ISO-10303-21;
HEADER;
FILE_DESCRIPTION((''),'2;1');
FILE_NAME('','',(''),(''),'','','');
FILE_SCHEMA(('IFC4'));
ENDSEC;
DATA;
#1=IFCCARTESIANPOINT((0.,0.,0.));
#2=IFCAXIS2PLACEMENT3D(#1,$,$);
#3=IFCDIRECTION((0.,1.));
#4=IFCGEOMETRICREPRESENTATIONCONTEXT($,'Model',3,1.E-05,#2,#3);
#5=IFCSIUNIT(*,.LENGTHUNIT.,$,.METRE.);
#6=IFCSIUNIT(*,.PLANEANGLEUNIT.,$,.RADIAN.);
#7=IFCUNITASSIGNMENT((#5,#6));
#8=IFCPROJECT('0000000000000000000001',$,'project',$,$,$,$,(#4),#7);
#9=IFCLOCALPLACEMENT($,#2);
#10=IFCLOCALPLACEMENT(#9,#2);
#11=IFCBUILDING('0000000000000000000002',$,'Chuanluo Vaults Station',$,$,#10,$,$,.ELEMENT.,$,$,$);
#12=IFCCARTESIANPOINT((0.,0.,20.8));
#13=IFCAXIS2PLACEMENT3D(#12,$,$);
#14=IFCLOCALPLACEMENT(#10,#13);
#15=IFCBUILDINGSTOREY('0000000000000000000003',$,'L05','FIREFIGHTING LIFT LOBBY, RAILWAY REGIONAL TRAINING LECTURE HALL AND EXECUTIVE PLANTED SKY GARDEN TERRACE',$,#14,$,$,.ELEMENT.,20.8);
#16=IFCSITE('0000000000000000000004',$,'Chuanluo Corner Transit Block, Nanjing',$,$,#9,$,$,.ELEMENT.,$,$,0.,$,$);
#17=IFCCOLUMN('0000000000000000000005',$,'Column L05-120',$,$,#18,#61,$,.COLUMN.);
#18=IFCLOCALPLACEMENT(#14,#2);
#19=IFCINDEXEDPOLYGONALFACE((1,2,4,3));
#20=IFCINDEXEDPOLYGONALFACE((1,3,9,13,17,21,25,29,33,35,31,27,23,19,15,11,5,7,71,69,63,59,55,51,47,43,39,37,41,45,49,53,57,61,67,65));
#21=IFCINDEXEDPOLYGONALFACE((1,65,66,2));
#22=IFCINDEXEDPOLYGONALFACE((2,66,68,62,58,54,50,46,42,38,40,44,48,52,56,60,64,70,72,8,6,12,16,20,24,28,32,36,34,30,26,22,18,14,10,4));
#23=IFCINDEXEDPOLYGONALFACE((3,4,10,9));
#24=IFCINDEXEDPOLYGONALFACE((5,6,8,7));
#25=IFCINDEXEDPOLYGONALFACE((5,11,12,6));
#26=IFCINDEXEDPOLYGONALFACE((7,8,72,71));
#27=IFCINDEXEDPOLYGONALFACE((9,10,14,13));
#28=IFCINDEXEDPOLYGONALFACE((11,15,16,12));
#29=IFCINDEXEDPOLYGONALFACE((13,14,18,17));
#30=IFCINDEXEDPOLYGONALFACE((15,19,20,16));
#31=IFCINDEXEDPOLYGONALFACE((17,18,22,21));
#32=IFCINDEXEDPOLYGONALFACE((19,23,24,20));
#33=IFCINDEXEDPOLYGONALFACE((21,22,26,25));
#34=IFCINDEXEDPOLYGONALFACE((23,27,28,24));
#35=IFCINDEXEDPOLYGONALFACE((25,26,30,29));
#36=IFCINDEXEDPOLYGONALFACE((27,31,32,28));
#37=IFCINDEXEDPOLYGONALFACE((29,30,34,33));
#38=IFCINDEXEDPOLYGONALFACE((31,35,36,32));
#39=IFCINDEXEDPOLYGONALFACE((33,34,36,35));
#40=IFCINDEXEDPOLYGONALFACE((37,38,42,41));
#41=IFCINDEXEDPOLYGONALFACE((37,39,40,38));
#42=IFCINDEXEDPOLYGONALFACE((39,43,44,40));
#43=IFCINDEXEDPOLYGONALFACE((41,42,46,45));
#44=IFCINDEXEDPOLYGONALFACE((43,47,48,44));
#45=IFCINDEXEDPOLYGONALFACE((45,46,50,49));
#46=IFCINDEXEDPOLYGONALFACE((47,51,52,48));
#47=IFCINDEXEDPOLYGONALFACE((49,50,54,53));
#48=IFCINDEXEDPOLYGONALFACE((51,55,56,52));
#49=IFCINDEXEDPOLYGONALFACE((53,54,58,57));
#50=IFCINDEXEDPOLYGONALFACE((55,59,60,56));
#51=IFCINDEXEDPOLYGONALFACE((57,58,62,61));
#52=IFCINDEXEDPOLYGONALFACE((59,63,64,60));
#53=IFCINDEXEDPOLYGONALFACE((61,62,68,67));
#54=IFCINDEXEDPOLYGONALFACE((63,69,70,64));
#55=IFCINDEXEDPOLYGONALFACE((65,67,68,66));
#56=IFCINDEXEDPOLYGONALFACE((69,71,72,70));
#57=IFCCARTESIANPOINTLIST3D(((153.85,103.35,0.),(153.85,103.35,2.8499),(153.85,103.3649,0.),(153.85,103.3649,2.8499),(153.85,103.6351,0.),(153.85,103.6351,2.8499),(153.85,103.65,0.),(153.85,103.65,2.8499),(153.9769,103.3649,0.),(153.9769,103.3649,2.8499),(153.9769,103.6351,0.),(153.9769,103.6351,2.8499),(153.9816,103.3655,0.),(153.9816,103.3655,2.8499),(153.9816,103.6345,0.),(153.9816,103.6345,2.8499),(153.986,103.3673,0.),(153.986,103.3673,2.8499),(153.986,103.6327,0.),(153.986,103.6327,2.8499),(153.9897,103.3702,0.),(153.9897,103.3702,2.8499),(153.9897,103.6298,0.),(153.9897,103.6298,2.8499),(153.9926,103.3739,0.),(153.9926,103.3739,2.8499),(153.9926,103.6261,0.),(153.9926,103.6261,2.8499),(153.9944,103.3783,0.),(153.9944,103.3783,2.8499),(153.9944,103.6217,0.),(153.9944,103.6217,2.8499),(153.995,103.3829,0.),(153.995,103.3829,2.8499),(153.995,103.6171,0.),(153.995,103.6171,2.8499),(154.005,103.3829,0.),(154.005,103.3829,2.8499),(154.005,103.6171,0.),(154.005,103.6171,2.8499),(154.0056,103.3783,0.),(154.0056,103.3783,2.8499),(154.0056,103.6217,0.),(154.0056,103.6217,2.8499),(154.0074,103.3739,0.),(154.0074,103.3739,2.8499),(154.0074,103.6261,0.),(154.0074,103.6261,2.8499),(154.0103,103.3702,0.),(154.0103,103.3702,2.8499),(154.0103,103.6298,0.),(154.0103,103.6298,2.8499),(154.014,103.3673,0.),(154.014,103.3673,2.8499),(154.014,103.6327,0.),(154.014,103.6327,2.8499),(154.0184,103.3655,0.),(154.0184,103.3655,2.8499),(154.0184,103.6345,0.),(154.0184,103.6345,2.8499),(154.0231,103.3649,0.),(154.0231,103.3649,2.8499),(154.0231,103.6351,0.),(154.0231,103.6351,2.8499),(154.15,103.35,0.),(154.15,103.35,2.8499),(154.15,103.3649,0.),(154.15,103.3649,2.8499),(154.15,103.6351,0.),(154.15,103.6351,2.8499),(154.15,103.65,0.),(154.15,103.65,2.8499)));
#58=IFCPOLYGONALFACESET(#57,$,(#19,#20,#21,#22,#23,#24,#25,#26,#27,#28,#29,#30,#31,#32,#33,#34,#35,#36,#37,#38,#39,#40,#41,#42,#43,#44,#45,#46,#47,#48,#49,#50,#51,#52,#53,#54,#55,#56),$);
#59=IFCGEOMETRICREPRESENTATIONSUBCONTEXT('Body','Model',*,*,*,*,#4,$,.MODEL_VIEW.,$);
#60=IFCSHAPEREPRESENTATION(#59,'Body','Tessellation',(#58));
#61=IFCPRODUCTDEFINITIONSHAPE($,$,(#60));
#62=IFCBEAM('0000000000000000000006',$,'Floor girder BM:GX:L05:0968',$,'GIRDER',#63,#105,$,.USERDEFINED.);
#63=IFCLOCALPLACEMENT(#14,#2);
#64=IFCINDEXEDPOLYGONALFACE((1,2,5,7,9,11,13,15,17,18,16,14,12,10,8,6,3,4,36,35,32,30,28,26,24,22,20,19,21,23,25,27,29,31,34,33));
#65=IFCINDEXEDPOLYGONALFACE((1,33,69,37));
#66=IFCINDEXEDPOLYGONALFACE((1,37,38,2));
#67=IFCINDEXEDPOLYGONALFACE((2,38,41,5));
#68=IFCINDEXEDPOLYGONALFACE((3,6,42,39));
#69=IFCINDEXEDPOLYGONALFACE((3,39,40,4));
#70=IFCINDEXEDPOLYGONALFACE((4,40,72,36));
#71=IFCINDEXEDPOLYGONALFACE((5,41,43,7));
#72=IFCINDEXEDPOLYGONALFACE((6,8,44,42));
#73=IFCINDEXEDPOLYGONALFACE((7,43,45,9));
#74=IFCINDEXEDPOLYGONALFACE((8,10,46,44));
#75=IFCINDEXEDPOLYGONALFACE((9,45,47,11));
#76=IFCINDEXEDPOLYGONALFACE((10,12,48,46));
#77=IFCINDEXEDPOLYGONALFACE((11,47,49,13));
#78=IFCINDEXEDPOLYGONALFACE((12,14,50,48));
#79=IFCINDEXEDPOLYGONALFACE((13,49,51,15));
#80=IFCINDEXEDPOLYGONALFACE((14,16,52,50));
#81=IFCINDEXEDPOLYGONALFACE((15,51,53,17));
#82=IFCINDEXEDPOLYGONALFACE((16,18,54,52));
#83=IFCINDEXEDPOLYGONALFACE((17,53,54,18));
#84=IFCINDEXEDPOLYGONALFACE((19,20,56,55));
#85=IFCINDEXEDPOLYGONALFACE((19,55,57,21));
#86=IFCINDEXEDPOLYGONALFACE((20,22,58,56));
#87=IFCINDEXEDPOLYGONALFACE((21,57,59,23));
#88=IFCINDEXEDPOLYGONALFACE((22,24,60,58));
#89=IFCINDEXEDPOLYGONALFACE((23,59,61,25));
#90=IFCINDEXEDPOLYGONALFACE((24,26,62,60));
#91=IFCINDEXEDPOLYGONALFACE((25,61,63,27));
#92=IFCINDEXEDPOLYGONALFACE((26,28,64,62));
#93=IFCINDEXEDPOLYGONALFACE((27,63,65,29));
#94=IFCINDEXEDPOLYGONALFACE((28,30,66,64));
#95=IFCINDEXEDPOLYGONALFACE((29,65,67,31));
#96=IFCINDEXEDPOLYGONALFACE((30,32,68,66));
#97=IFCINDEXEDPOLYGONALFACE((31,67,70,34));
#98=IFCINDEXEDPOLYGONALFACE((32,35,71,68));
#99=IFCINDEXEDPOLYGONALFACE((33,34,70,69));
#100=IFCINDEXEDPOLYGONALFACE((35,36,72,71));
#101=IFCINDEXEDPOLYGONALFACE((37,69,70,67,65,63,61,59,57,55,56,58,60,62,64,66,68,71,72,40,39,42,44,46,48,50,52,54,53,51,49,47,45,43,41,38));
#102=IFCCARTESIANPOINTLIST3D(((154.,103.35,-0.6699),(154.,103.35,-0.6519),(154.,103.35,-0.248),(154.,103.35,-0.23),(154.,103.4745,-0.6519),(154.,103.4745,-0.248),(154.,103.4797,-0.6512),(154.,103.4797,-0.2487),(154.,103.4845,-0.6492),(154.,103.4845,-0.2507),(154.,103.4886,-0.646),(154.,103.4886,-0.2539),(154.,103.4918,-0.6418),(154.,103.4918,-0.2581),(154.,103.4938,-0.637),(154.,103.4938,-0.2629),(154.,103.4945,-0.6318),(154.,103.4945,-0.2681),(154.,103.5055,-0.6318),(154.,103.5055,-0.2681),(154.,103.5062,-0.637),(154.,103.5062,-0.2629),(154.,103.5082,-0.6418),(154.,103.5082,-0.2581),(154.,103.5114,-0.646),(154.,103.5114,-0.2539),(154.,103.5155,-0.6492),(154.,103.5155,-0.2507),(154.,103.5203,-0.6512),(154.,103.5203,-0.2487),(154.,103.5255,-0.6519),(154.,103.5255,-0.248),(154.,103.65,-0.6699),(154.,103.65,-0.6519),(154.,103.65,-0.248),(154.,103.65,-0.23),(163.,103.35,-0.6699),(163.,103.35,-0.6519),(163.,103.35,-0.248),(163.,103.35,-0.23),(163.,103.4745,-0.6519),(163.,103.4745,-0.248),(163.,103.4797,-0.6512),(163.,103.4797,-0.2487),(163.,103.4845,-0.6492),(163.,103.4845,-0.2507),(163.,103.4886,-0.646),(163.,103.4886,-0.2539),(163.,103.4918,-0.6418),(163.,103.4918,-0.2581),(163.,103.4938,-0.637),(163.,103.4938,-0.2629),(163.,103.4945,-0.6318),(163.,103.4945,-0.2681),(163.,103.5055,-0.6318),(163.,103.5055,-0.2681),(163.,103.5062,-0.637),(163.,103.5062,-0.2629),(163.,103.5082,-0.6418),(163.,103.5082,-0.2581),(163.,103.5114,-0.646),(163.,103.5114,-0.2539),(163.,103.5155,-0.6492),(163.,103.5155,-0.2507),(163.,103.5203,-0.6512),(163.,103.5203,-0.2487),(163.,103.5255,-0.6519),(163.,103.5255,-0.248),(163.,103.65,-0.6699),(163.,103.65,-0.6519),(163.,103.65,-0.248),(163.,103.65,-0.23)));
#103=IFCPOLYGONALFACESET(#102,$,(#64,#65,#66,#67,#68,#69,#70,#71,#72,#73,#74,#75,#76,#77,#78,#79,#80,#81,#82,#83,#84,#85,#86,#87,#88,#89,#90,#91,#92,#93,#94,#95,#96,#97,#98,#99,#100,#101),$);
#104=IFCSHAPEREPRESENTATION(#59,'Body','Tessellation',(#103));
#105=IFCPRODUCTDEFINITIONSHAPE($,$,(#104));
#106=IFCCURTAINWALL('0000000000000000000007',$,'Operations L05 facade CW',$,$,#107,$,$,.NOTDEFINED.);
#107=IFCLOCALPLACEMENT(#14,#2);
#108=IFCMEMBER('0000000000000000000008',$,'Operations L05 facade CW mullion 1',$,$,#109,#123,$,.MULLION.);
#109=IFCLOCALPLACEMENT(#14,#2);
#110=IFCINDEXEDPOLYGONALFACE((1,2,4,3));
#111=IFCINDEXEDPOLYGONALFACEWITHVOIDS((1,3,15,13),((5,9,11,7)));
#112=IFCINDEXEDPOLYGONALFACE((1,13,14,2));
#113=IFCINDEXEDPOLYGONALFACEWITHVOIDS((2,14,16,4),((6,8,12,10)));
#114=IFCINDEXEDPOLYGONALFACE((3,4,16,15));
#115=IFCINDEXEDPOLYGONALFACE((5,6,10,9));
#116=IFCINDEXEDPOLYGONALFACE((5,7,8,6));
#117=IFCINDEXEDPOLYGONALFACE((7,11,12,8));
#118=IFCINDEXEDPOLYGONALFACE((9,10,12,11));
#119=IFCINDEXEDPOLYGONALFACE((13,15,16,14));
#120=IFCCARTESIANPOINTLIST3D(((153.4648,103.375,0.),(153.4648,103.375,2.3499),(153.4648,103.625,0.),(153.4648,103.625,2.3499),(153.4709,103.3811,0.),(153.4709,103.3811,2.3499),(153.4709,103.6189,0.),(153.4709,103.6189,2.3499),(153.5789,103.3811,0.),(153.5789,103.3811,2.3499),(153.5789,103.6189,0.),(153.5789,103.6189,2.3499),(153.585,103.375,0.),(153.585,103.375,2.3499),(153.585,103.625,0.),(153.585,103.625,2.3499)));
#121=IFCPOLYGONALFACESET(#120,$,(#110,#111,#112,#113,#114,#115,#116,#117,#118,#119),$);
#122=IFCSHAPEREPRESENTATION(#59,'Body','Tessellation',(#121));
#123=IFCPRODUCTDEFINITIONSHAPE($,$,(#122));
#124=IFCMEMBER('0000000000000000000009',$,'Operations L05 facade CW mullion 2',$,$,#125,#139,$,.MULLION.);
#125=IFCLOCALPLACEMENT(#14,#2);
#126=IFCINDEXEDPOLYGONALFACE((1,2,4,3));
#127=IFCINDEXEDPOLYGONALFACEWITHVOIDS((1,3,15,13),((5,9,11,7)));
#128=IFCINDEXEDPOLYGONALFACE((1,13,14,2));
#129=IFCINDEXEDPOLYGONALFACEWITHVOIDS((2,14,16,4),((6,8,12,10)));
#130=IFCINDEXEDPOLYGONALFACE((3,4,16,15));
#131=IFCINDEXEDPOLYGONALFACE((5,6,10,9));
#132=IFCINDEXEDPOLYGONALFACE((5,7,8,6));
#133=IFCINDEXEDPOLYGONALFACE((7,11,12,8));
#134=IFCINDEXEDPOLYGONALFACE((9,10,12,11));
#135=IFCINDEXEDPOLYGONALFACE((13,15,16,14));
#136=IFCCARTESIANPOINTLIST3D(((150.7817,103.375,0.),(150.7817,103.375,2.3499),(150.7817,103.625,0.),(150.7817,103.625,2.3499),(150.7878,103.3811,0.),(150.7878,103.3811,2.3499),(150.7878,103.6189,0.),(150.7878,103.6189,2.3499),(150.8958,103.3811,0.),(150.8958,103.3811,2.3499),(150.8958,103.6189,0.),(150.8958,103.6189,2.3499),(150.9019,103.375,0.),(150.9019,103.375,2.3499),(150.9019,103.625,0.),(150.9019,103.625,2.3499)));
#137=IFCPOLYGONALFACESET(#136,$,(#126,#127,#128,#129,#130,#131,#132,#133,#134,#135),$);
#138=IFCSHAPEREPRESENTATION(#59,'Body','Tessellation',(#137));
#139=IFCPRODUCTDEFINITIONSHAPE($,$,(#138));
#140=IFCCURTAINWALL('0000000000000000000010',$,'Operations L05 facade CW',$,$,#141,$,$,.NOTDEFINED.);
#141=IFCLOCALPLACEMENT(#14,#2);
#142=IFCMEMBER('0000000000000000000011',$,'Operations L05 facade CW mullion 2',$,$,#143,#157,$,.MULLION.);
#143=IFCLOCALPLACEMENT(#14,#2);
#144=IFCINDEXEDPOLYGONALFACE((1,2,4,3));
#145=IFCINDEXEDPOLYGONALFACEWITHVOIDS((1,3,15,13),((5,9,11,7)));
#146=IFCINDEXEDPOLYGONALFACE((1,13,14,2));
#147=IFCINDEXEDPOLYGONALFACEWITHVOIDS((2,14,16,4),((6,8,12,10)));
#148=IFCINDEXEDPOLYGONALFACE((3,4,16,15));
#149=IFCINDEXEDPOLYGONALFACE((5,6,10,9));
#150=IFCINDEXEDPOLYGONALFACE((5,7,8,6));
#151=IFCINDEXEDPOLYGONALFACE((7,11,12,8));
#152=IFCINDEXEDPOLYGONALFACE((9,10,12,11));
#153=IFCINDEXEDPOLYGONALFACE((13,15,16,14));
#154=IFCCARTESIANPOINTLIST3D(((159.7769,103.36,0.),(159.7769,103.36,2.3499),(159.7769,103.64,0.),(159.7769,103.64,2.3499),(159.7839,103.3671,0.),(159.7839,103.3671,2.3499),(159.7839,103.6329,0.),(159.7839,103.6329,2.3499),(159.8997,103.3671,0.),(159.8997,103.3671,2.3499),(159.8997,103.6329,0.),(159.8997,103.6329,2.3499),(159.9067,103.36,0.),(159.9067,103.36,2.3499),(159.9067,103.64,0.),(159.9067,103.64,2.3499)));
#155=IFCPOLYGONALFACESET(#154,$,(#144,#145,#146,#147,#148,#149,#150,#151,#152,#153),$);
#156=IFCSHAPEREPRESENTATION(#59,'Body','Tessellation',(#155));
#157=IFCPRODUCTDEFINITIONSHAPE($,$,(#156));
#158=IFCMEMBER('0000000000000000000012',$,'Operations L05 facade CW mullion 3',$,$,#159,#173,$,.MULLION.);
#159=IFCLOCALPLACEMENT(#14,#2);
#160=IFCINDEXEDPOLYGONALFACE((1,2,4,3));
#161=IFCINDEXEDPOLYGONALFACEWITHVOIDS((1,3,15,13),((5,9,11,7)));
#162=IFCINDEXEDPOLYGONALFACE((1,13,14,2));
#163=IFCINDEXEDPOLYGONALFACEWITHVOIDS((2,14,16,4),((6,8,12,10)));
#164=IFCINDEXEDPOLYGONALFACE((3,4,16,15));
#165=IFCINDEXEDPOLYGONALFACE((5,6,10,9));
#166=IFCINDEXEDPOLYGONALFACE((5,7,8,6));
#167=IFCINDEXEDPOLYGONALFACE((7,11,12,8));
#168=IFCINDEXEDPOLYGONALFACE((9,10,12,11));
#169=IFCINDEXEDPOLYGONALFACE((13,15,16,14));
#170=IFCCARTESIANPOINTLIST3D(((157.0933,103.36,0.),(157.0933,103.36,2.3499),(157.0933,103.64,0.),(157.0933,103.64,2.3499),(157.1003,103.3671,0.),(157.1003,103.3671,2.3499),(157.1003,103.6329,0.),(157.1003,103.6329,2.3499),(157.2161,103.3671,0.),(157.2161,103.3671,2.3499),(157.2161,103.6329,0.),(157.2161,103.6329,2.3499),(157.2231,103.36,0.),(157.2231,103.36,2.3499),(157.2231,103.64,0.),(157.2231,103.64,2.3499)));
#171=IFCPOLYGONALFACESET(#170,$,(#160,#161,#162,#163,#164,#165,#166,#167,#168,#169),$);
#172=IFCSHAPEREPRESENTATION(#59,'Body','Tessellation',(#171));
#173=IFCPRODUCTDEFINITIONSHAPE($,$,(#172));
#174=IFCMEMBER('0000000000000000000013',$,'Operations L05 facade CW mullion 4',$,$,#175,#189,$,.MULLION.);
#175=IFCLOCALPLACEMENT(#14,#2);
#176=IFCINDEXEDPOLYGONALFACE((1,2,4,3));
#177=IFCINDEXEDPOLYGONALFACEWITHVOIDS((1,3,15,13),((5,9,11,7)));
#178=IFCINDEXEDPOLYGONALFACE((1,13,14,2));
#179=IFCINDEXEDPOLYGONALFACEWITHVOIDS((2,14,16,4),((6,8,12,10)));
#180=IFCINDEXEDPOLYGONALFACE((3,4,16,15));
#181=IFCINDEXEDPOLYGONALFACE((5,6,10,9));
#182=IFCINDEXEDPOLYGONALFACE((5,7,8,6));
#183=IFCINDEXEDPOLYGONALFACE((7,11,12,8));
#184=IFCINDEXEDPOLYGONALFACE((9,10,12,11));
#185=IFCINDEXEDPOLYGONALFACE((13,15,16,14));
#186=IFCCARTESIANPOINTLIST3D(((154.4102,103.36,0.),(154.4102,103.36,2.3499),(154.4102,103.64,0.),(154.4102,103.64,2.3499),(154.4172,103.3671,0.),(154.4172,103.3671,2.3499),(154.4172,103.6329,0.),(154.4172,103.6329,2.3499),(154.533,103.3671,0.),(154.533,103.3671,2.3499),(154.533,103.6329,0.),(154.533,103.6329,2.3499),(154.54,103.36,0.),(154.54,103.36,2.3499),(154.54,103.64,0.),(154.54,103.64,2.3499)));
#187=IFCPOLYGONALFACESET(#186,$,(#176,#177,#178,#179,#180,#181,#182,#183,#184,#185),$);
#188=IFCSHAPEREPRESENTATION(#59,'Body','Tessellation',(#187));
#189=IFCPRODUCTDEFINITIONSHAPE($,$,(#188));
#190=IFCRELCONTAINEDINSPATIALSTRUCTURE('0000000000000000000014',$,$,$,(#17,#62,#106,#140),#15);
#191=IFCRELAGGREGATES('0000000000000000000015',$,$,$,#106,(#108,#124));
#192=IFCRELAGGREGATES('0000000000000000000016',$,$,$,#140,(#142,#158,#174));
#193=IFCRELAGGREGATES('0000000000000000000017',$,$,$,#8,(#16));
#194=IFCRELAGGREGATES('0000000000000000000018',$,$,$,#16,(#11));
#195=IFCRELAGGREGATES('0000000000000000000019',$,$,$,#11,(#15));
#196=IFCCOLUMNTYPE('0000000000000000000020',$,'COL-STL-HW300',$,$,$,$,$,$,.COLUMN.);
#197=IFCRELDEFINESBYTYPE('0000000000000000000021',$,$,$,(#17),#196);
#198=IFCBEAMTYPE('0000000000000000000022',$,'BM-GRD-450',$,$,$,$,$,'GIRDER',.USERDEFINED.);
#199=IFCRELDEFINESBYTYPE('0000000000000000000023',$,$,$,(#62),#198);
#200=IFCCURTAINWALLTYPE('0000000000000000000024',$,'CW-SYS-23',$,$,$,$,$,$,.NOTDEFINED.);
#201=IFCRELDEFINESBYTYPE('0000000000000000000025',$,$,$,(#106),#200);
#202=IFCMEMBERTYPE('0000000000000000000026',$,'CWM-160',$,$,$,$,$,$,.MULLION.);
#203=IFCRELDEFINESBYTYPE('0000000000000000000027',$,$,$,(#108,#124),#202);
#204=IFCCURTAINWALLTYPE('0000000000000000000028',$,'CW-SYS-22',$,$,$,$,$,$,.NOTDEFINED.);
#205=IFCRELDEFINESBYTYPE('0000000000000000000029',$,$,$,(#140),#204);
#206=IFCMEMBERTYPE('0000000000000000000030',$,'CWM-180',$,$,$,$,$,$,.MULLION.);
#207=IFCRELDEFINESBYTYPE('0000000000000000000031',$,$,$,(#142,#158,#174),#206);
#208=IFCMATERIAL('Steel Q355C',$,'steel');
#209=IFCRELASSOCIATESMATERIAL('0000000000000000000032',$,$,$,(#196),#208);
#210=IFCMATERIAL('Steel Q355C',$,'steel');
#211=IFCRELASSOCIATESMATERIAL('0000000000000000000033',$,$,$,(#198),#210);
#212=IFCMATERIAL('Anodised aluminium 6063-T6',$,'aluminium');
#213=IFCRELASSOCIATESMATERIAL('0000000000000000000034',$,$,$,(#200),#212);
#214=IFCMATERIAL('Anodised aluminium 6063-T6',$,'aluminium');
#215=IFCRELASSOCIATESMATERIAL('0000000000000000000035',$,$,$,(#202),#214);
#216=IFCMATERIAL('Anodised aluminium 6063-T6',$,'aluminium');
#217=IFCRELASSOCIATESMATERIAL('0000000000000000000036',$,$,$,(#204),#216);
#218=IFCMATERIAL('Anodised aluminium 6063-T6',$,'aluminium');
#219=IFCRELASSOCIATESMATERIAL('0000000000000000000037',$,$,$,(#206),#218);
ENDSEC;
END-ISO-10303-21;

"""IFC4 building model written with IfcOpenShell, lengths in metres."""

from ifc_helpers import new_model, si_unit, direction, frame, origin, origin_2d, place, context, subcontext, project, spatial, hollow_rectangle, i_section, extrude, material, material_profile, profile_set, type_object, element, aggregate, save


model = new_model("IFC4")

# Units and contexts
model_context = context("Model", 3, precision=1e-05, world=origin(), true_north=direction((0.0, 1.0)))
body_context = subcontext(model_context, "Body", "Model", "MODEL_VIEW")
ifc_project = project(units=[si_unit("LENGTHUNIT", "METRE"), si_unit("PLANEANGLEUNIT", "RADIAN")], contexts=[model_context])

# Site, building, storey
site_placement = place(None, origin())
site = spatial("IfcSite", under=ifc_project, at=site_placement, Name="Chuanluo Corner Transit Block, Nanjing", CompositionType="ELEMENT", RefElevation=0.0)
building_placement = place(site_placement, origin())
building = spatial("IfcBuilding", under=site, at=building_placement, Name="Chuanluo Vaults Station", CompositionType="ELEMENT")
storey_placement = place(building_placement, frame((0.0, 0.0, 20.8)))
storey = spatial("IfcBuildingStorey", under=building, at=storey_placement, Name="L05", Description="FIREFIGHTING LIFT LOBBY, RAILWAY REGIONAL TRAINING LECTURE HALL AND EXECUTIVE PLANTED SKY GARDEN TERRACE", CompositionType="ELEMENT", Elevation=20.8)

# Column
ifc_material_1 = material(Name="Steel Q355C", Category="steel")
ifc_material_profile_1 = material_profile(ifc_material_1, i_section(OverallWidth=0.3, OverallDepth=0.3, WebThickness=0.01, FlangeThickness=0.0149, FilletRadius=0.0181, at=origin_2d()))
ifc_profile_set_1 = profile_set([ifc_material_profile_1], Name="Steel Q355C")
column_type = type_object("IfcColumnType", Name="COL-STL-HW300", PredefinedType="COLUMN", material=ifc_profile_set_1)
column_placement = place(storey_placement, frame((154.0, 103.5, 0.0), z_axis=(0.0, 0.0, 1.0), x_axis=(1.0, 0.0, 0.0)))
element("IfcColumn", 1, at=column_placement, inside=storey, type_object=column_type, Name="Column L05-120", PredefinedType="COLUMN", context=body_context, shape_type="SweptSolid", body=[
    extrude(i_section(OverallWidth=0.3, OverallDepth=0.3, WebThickness=0.01, FlangeThickness=0.0149, FilletRadius=0.0181, at=origin_2d()), origin(), (0.0, 0.0, 1.0), 2.8499),
])

# Beam
ifc_material_2 = material(Name="Steel Q355C", Category="steel")
ifc_material_profile_2 = material_profile(ifc_material_2, i_section(OverallWidth=0.3, OverallDepth=0.4399, WebThickness=0.011, FlangeThickness=0.0181, FilletRadius=0.02, at=origin_2d()))
ifc_profile_set_2 = profile_set([ifc_material_profile_2], Name="Steel Q355C")
beam_type = type_object("IfcBeamType", Name="BM-GRD-450", ElementType="GIRDER", PredefinedType="USERDEFINED", material=ifc_profile_set_2)
beam_placement = place(storey_placement, frame((154.0, 103.5, -0.45), z_axis=(1.0, 0.0, 0.0), x_axis=(0.0, 1.0, 0.0)))
element("IfcBeam", 2, at=beam_placement, inside=storey, type_object=beam_type, Name="Floor girder BM:GX:L05:0968", ObjectType="GIRDER", PredefinedType="USERDEFINED", context=body_context, shape_type="SweptSolid", body=[
    extrude(i_section(OverallWidth=0.3, OverallDepth=0.4399, WebThickness=0.011, FlangeThickness=0.0181, FilletRadius=0.02, at=origin_2d()), origin(), (0.0, 0.0, 1.0), 9.0),
])

# Curtain walls, members
ifc_material_3 = material(Name="Anodised aluminium 6063-T6", Category="aluminium")
curtain_wall_type_1 = type_object("IfcCurtainWallType", Name="CW-SYS-23", PredefinedType="NOTDEFINED", material=ifc_material_3)
curtain_wall_1_placement = place(storey_placement, origin())
curtain_wall_1 = element("IfcCurtainWall", 3, at=curtain_wall_1_placement, inside=storey, type_object=curtain_wall_type_1, Name="Operations L05 facade CW", PredefinedType="NOTDEFINED")
ifc_material_4 = material(Name="Anodised aluminium 6063-T6", Category="aluminium")
ifc_material_profile_3 = material_profile(ifc_material_4, hollow_rectangle(XDim=0.1201, YDim=0.25, WallThickness=0.0061, at=origin_2d()))
ifc_profile_set_3 = profile_set([ifc_material_profile_3], Name="Anodised aluminium 6063-T6")
member_type_1 = type_object("IfcMemberType", Name="CWM-160", PredefinedType="MULLION", material=ifc_profile_set_3)
member_1_placement = place(storey_placement, frame((153.5249, 103.5, 0.0), z_axis=(0.0, 0.0, 1.0), x_axis=(-1.0, 0.0, 0.0)))
member_1 = element("IfcMember", 4, at=member_1_placement, type_object=member_type_1, Name="Operations L05 facade CW mullion 1", PredefinedType="MULLION", context=body_context, shape_type="SweptSolid", body=[
    extrude(hollow_rectangle(XDim=0.1201, YDim=0.25, WallThickness=0.0061, at=origin_2d()), origin(), (0.0, 0.0, 1.0), 2.3499),
])
member_2_placement = place(storey_placement, frame((150.8418, 103.5, 0.0), z_axis=(0.0, 0.0, 1.0), x_axis=(-1.0, 0.0, 0.0)))
member_2 = element("IfcMember", 5, at=member_2_placement, type_object=member_type_1, Name="Operations L05 facade CW mullion 2", PredefinedType="MULLION", context=body_context, shape_type="SweptSolid", body=[
    extrude(hollow_rectangle(XDim=0.1201, YDim=0.25, WallThickness=0.0061, at=origin_2d()), origin(), (0.0, 0.0, 1.0), 2.3499),
])
ifc_material_5 = material(Name="Anodised aluminium 6063-T6", Category="aluminium")
curtain_wall_type_2 = type_object("IfcCurtainWallType", Name="CW-SYS-22", PredefinedType="NOTDEFINED", material=ifc_material_5)
curtain_wall_2_placement = place(storey_placement, origin())
curtain_wall_2 = element("IfcCurtainWall", 6, at=curtain_wall_2_placement, inside=storey, type_object=curtain_wall_type_2, Name="Operations L05 facade CW", PredefinedType="NOTDEFINED")
ifc_material_6 = material(Name="Anodised aluminium 6063-T6", Category="aluminium")
ifc_material_profile_4 = material_profile(ifc_material_6, hollow_rectangle(XDim=0.1299, YDim=0.28, WallThickness=0.0071, at=origin_2d()))
ifc_profile_set_4 = profile_set([ifc_material_profile_4], Name="Anodised aluminium 6063-T6")
member_type_2 = type_object("IfcMemberType", Name="CWM-180", PredefinedType="MULLION", material=ifc_profile_set_4)
member_3_placement = place(storey_placement, frame((159.8418, 103.5, 0.0), z_axis=(0.0, 0.0, 1.0), x_axis=(-1.0, 0.0, 0.0)))
member_3 = element("IfcMember", 7, at=member_3_placement, type_object=member_type_2, Name="Operations L05 facade CW mullion 2", PredefinedType="MULLION", context=body_context, shape_type="SweptSolid", body=[
    extrude(hollow_rectangle(XDim=0.1299, YDim=0.28, WallThickness=0.0071, at=origin_2d()), origin(), (0.0, 0.0, 1.0), 2.3499),
])
member_4_placement = place(storey_placement, frame((157.1582, 103.5, 0.0), z_axis=(0.0, 0.0, 1.0), x_axis=(-1.0, 0.0, 0.0)))
member_4 = element("IfcMember", 8, at=member_4_placement, type_object=member_type_2, Name="Operations L05 facade CW mullion 3", PredefinedType="MULLION", context=body_context, shape_type="SweptSolid", body=[
    extrude(hollow_rectangle(XDim=0.1299, YDim=0.28, WallThickness=0.0071, at=origin_2d()), origin(), (0.0, 0.0, 1.0), 2.3499),
])
member_5_placement = place(storey_placement, frame((154.4751, 103.5, 0.0), z_axis=(0.0, 0.0, 1.0), x_axis=(-1.0, 0.0, 0.0)))
member_5 = element("IfcMember", 9, at=member_5_placement, type_object=member_type_2, Name="Operations L05 facade CW mullion 4", PredefinedType="MULLION", context=body_context, shape_type="SweptSolid", body=[
    extrude(hollow_rectangle(XDim=0.1299, YDim=0.28, WallThickness=0.0071, at=origin_2d()), origin(), (0.0, 0.0, 1.0), 2.3499),
])

aggregate(curtain_wall_1, [member_1, member_2])
aggregate(curtain_wall_2, [member_3, member_4, member_5])

save(model, "model.ifc")
